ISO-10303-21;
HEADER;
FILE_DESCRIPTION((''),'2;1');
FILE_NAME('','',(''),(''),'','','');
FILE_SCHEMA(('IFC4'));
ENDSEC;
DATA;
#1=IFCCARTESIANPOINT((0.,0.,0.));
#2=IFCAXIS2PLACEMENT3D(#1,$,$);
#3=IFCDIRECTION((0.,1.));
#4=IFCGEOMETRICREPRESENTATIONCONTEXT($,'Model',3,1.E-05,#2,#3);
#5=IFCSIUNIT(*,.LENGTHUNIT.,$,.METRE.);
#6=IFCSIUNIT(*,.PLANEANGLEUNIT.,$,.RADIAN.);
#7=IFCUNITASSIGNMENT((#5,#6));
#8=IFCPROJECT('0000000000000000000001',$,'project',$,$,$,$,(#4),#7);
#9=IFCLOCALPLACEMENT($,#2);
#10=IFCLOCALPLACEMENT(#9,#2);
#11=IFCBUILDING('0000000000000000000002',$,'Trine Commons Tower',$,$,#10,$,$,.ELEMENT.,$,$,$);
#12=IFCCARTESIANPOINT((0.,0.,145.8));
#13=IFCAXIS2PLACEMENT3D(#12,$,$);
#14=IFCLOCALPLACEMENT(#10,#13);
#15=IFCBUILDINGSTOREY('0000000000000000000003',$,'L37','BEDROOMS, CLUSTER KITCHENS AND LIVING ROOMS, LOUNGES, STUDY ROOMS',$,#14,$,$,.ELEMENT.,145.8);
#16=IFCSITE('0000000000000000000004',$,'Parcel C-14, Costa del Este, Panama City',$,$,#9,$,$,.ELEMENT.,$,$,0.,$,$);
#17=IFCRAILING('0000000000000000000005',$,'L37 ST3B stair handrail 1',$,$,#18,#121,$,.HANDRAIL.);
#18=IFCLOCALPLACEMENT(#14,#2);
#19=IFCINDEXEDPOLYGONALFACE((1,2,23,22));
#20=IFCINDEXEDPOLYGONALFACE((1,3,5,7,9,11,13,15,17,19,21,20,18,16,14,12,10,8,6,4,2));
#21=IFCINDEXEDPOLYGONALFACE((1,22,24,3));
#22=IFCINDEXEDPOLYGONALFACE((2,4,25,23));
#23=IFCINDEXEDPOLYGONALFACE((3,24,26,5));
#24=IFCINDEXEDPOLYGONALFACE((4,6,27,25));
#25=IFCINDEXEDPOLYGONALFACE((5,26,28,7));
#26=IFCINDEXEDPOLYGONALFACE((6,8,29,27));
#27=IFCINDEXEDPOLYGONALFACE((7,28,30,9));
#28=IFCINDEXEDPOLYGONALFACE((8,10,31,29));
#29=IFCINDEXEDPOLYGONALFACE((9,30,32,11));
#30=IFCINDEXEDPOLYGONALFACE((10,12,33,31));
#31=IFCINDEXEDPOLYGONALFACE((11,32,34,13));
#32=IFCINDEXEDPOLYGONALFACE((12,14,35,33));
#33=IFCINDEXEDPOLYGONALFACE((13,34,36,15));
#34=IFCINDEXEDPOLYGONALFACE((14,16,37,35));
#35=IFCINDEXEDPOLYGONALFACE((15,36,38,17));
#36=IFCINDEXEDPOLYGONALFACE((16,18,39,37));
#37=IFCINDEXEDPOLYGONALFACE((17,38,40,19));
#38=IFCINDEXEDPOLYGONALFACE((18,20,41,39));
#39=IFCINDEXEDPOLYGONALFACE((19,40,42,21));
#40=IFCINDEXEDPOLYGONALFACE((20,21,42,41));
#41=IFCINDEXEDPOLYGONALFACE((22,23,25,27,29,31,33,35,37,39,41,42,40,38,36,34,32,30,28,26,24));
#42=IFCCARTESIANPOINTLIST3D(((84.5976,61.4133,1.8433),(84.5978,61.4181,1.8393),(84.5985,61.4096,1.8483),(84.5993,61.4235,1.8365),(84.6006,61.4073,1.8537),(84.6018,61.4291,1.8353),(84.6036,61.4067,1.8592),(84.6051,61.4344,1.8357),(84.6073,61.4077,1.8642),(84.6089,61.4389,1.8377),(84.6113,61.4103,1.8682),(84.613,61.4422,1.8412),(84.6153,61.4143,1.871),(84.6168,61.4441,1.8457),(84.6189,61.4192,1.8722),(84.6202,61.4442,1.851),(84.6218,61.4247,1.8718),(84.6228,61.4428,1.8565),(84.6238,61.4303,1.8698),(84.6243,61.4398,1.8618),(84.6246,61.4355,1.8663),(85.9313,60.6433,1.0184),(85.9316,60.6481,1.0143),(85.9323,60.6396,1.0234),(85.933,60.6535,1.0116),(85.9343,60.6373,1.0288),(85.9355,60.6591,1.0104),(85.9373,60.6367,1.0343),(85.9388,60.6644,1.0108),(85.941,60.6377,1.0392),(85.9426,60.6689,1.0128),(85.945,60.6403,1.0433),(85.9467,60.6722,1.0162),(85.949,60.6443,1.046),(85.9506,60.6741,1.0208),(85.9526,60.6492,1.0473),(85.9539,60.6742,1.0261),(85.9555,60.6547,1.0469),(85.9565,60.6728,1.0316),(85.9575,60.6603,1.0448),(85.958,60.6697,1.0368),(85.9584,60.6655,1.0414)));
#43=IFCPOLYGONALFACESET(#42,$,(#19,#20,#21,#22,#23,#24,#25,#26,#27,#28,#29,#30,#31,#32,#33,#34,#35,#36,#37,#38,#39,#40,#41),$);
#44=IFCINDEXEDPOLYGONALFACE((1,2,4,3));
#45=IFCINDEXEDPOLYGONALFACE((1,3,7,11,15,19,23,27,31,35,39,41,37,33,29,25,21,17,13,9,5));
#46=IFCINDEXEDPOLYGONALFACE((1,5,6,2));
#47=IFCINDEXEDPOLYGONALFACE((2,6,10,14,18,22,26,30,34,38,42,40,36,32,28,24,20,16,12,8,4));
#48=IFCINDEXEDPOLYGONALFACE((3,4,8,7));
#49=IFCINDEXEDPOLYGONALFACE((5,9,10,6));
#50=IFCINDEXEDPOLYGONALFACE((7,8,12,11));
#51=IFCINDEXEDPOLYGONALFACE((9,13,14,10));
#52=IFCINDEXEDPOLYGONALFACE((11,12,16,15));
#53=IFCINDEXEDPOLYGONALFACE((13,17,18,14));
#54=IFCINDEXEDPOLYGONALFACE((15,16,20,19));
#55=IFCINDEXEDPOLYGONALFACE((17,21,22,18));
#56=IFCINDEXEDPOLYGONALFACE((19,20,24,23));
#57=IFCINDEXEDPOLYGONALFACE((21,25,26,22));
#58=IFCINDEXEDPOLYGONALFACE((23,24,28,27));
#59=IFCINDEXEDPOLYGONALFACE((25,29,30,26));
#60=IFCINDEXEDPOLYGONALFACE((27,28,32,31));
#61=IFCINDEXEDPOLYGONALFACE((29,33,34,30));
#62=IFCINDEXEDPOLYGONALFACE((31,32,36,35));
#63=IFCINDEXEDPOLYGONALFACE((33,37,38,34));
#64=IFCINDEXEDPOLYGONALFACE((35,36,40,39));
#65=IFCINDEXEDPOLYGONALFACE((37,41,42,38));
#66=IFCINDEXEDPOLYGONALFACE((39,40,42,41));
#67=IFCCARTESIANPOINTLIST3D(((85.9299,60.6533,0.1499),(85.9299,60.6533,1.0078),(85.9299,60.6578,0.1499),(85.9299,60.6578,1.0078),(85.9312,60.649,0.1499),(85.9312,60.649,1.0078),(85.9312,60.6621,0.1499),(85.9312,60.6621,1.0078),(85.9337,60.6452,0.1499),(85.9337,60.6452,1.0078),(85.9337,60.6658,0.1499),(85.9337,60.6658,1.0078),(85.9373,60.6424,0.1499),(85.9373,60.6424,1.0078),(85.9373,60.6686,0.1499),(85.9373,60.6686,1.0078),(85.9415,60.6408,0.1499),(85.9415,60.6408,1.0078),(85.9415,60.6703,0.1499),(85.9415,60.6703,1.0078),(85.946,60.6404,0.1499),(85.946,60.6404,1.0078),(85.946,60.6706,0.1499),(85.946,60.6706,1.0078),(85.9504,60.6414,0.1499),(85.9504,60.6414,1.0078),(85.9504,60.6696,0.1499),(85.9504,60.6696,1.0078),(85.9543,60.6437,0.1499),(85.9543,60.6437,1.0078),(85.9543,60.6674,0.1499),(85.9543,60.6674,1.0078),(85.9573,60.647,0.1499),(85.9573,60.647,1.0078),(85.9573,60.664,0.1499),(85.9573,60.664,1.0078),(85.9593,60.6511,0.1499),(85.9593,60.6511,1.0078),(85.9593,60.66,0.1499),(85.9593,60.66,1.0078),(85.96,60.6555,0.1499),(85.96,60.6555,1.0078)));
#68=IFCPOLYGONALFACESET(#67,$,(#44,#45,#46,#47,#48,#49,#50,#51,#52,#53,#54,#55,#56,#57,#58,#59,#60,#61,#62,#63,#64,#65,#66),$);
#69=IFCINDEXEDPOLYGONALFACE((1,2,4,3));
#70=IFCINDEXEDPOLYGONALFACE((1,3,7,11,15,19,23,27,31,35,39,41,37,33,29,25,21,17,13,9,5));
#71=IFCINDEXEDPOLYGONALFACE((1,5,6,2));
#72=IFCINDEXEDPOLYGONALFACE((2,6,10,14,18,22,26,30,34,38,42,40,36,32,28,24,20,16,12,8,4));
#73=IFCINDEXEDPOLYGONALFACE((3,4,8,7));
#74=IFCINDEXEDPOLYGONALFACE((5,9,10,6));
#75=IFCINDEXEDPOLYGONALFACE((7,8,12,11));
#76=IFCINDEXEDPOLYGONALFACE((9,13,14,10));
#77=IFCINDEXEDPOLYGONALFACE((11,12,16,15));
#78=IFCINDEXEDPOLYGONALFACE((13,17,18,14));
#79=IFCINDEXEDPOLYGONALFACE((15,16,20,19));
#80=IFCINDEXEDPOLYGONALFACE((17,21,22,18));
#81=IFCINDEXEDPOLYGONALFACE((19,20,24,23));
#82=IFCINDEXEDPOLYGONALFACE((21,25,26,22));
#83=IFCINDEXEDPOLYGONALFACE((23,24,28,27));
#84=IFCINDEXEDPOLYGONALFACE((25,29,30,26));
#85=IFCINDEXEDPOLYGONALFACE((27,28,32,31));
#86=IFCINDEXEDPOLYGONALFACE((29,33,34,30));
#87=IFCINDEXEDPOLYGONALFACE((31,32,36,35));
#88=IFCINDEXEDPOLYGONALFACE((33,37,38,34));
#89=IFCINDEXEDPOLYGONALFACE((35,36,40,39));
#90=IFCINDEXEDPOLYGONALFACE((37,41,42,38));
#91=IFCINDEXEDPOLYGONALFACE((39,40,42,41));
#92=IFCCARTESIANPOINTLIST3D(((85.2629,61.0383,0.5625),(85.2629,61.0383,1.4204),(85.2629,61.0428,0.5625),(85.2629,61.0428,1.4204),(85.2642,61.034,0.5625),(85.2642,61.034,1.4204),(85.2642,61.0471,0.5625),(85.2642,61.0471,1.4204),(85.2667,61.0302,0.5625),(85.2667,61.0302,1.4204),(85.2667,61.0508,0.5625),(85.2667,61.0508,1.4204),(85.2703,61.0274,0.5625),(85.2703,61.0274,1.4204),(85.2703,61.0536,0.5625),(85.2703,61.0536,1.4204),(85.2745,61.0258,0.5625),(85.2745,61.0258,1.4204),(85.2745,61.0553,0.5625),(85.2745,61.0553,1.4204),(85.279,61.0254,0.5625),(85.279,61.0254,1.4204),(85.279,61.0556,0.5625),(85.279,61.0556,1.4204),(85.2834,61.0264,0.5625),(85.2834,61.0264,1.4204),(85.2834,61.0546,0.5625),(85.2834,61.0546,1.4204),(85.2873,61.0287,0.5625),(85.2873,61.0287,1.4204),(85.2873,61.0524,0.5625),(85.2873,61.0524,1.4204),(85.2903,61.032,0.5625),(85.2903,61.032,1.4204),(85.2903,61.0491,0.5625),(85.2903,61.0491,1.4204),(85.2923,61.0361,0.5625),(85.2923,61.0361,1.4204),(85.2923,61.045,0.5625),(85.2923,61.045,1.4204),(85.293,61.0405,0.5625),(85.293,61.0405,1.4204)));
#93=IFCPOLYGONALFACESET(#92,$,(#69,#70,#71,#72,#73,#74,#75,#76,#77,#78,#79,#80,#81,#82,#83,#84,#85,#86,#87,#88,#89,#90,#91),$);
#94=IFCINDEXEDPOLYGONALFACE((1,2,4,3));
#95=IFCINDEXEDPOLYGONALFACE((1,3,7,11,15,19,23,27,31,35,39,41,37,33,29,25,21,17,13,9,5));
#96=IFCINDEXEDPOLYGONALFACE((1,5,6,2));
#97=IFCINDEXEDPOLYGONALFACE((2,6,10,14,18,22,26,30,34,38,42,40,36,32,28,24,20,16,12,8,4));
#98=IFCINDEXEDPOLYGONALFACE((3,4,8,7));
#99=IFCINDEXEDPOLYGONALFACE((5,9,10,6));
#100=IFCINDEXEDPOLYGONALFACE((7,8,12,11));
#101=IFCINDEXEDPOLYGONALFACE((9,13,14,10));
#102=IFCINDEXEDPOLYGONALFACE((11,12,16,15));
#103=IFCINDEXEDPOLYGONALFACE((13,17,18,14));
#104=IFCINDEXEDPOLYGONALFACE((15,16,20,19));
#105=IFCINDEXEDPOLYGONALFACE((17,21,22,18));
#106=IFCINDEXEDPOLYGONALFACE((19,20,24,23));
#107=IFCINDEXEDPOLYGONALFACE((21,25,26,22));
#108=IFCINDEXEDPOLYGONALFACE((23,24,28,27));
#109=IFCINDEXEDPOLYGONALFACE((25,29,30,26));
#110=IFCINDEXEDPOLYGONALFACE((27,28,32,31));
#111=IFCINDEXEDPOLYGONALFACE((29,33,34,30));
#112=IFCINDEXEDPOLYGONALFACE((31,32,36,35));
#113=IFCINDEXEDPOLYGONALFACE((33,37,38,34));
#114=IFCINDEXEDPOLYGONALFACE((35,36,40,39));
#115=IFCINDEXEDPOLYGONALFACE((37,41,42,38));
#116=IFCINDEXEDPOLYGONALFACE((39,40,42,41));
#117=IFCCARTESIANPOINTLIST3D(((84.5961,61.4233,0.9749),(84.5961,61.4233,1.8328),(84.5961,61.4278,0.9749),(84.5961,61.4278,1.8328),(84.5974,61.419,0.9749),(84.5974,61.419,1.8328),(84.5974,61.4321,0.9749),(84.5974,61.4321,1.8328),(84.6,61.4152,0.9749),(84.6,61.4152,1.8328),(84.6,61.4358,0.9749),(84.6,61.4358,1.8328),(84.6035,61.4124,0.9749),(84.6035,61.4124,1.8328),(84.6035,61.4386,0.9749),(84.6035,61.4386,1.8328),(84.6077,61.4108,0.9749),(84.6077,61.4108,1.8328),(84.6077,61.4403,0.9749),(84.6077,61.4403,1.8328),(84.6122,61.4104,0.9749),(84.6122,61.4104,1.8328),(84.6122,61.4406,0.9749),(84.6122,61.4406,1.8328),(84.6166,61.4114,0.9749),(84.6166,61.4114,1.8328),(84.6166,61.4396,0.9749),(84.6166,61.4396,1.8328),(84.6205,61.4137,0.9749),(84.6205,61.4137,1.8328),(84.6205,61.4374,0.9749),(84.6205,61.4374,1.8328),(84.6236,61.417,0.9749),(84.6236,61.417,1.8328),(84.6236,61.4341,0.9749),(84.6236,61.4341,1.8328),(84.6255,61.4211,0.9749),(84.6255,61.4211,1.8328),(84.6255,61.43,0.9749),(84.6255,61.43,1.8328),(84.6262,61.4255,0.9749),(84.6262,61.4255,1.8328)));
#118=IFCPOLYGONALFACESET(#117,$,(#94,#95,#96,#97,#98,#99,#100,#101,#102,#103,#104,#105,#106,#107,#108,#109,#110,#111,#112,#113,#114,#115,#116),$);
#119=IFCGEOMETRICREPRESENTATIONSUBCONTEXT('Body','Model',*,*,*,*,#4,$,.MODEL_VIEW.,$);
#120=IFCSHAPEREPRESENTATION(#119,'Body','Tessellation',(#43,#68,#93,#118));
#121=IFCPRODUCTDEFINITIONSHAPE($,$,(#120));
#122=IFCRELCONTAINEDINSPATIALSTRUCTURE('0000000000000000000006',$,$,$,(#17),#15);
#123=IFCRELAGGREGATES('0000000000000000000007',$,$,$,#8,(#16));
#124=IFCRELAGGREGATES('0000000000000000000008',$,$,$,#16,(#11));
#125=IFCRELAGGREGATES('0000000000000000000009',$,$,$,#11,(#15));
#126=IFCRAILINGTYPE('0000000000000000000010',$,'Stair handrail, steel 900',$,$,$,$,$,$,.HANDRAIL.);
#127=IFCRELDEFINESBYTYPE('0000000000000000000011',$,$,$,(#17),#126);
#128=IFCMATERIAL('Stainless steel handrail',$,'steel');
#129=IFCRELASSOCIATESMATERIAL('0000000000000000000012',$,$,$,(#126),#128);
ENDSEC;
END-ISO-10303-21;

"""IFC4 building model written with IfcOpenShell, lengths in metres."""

from ifc_helpers import new_model, si_unit, direction, frame, origin, origin_2d, place, context, subcontext, project, spatial, circle, extrude, material, type_object, element, save


model = new_model("IFC4")

# Units and contexts
model_context = context("Model", 3, precision=1e-05, world=origin(), true_north=direction((0.0, 1.0)))
body_context = subcontext(model_context, "Body", "Model", "MODEL_VIEW")
ifc_project = project(units=[si_unit("LENGTHUNIT", "METRE"), si_unit("PLANEANGLEUNIT", "RADIAN")], contexts=[model_context])

# Site, building, storey
site_placement = place(None, origin())
site = spatial("IfcSite", under=ifc_project, at=site_placement, Name="Parcel C-14, Costa del Este, Panama City", CompositionType="ELEMENT", RefElevation=0.0)
building_placement = place(site_placement, origin())
building = spatial("IfcBuilding", under=site, at=building_placement, Name="Trine Commons Tower", CompositionType="ELEMENT")
storey_placement = place(building_placement, frame((0.0, 0.0, 145.8)))
storey = spatial("IfcBuildingStorey", under=building, at=storey_placement, Name="L37", Description="BEDROOMS, CLUSTER KITCHENS AND LIVING ROOMS, LOUNGES, STUDY ROOMS", CompositionType="ELEMENT", Elevation=145.8)

# Railing
ifc_material_1 = material(Name="Stainless steel handrail", Category="steel")
railing_type = type_object("IfcRailingType", Name="Stair handrail, steel 900", PredefinedType="HANDRAIL", material=ifc_material_1)
railing_placement = place(storey_placement, frame((85.9448, 60.6555, 0.1499)))
element("IfcRailing", 1, at=railing_placement, inside=storey, type_object=railing_type, Name="L37 ST3B stair handrail 1", PredefinedType="HANDRAIL", context=body_context, shape_type="SweptSolid", body=[
    extrude(circle(Radius=0.021, at=origin_2d()), frame((0.0, 0.0, 0.8789), z_axis=(-0.763405, 0.440743, 0.472185), x_axis=(-0.499992, -0.86603, 0.0)), (0.0, 0.0, 1.0), 1.7471),
    extrude(circle(Radius=0.0151, at=origin_2d()), origin(), (0.0, 0.0, 1.0), 0.8579),
    extrude(circle(Radius=0.0151, at=origin_2d()), frame((-0.667, 0.385, 0.4126)), (0.0, 0.0, 1.0), 0.8579),
    extrude(circle(Radius=0.0151, at=origin_2d()), frame((-1.3337, 0.77, 0.825)), (0.0, 0.0, 1.0), 0.8579),
])

save(model, "model.ifc")
